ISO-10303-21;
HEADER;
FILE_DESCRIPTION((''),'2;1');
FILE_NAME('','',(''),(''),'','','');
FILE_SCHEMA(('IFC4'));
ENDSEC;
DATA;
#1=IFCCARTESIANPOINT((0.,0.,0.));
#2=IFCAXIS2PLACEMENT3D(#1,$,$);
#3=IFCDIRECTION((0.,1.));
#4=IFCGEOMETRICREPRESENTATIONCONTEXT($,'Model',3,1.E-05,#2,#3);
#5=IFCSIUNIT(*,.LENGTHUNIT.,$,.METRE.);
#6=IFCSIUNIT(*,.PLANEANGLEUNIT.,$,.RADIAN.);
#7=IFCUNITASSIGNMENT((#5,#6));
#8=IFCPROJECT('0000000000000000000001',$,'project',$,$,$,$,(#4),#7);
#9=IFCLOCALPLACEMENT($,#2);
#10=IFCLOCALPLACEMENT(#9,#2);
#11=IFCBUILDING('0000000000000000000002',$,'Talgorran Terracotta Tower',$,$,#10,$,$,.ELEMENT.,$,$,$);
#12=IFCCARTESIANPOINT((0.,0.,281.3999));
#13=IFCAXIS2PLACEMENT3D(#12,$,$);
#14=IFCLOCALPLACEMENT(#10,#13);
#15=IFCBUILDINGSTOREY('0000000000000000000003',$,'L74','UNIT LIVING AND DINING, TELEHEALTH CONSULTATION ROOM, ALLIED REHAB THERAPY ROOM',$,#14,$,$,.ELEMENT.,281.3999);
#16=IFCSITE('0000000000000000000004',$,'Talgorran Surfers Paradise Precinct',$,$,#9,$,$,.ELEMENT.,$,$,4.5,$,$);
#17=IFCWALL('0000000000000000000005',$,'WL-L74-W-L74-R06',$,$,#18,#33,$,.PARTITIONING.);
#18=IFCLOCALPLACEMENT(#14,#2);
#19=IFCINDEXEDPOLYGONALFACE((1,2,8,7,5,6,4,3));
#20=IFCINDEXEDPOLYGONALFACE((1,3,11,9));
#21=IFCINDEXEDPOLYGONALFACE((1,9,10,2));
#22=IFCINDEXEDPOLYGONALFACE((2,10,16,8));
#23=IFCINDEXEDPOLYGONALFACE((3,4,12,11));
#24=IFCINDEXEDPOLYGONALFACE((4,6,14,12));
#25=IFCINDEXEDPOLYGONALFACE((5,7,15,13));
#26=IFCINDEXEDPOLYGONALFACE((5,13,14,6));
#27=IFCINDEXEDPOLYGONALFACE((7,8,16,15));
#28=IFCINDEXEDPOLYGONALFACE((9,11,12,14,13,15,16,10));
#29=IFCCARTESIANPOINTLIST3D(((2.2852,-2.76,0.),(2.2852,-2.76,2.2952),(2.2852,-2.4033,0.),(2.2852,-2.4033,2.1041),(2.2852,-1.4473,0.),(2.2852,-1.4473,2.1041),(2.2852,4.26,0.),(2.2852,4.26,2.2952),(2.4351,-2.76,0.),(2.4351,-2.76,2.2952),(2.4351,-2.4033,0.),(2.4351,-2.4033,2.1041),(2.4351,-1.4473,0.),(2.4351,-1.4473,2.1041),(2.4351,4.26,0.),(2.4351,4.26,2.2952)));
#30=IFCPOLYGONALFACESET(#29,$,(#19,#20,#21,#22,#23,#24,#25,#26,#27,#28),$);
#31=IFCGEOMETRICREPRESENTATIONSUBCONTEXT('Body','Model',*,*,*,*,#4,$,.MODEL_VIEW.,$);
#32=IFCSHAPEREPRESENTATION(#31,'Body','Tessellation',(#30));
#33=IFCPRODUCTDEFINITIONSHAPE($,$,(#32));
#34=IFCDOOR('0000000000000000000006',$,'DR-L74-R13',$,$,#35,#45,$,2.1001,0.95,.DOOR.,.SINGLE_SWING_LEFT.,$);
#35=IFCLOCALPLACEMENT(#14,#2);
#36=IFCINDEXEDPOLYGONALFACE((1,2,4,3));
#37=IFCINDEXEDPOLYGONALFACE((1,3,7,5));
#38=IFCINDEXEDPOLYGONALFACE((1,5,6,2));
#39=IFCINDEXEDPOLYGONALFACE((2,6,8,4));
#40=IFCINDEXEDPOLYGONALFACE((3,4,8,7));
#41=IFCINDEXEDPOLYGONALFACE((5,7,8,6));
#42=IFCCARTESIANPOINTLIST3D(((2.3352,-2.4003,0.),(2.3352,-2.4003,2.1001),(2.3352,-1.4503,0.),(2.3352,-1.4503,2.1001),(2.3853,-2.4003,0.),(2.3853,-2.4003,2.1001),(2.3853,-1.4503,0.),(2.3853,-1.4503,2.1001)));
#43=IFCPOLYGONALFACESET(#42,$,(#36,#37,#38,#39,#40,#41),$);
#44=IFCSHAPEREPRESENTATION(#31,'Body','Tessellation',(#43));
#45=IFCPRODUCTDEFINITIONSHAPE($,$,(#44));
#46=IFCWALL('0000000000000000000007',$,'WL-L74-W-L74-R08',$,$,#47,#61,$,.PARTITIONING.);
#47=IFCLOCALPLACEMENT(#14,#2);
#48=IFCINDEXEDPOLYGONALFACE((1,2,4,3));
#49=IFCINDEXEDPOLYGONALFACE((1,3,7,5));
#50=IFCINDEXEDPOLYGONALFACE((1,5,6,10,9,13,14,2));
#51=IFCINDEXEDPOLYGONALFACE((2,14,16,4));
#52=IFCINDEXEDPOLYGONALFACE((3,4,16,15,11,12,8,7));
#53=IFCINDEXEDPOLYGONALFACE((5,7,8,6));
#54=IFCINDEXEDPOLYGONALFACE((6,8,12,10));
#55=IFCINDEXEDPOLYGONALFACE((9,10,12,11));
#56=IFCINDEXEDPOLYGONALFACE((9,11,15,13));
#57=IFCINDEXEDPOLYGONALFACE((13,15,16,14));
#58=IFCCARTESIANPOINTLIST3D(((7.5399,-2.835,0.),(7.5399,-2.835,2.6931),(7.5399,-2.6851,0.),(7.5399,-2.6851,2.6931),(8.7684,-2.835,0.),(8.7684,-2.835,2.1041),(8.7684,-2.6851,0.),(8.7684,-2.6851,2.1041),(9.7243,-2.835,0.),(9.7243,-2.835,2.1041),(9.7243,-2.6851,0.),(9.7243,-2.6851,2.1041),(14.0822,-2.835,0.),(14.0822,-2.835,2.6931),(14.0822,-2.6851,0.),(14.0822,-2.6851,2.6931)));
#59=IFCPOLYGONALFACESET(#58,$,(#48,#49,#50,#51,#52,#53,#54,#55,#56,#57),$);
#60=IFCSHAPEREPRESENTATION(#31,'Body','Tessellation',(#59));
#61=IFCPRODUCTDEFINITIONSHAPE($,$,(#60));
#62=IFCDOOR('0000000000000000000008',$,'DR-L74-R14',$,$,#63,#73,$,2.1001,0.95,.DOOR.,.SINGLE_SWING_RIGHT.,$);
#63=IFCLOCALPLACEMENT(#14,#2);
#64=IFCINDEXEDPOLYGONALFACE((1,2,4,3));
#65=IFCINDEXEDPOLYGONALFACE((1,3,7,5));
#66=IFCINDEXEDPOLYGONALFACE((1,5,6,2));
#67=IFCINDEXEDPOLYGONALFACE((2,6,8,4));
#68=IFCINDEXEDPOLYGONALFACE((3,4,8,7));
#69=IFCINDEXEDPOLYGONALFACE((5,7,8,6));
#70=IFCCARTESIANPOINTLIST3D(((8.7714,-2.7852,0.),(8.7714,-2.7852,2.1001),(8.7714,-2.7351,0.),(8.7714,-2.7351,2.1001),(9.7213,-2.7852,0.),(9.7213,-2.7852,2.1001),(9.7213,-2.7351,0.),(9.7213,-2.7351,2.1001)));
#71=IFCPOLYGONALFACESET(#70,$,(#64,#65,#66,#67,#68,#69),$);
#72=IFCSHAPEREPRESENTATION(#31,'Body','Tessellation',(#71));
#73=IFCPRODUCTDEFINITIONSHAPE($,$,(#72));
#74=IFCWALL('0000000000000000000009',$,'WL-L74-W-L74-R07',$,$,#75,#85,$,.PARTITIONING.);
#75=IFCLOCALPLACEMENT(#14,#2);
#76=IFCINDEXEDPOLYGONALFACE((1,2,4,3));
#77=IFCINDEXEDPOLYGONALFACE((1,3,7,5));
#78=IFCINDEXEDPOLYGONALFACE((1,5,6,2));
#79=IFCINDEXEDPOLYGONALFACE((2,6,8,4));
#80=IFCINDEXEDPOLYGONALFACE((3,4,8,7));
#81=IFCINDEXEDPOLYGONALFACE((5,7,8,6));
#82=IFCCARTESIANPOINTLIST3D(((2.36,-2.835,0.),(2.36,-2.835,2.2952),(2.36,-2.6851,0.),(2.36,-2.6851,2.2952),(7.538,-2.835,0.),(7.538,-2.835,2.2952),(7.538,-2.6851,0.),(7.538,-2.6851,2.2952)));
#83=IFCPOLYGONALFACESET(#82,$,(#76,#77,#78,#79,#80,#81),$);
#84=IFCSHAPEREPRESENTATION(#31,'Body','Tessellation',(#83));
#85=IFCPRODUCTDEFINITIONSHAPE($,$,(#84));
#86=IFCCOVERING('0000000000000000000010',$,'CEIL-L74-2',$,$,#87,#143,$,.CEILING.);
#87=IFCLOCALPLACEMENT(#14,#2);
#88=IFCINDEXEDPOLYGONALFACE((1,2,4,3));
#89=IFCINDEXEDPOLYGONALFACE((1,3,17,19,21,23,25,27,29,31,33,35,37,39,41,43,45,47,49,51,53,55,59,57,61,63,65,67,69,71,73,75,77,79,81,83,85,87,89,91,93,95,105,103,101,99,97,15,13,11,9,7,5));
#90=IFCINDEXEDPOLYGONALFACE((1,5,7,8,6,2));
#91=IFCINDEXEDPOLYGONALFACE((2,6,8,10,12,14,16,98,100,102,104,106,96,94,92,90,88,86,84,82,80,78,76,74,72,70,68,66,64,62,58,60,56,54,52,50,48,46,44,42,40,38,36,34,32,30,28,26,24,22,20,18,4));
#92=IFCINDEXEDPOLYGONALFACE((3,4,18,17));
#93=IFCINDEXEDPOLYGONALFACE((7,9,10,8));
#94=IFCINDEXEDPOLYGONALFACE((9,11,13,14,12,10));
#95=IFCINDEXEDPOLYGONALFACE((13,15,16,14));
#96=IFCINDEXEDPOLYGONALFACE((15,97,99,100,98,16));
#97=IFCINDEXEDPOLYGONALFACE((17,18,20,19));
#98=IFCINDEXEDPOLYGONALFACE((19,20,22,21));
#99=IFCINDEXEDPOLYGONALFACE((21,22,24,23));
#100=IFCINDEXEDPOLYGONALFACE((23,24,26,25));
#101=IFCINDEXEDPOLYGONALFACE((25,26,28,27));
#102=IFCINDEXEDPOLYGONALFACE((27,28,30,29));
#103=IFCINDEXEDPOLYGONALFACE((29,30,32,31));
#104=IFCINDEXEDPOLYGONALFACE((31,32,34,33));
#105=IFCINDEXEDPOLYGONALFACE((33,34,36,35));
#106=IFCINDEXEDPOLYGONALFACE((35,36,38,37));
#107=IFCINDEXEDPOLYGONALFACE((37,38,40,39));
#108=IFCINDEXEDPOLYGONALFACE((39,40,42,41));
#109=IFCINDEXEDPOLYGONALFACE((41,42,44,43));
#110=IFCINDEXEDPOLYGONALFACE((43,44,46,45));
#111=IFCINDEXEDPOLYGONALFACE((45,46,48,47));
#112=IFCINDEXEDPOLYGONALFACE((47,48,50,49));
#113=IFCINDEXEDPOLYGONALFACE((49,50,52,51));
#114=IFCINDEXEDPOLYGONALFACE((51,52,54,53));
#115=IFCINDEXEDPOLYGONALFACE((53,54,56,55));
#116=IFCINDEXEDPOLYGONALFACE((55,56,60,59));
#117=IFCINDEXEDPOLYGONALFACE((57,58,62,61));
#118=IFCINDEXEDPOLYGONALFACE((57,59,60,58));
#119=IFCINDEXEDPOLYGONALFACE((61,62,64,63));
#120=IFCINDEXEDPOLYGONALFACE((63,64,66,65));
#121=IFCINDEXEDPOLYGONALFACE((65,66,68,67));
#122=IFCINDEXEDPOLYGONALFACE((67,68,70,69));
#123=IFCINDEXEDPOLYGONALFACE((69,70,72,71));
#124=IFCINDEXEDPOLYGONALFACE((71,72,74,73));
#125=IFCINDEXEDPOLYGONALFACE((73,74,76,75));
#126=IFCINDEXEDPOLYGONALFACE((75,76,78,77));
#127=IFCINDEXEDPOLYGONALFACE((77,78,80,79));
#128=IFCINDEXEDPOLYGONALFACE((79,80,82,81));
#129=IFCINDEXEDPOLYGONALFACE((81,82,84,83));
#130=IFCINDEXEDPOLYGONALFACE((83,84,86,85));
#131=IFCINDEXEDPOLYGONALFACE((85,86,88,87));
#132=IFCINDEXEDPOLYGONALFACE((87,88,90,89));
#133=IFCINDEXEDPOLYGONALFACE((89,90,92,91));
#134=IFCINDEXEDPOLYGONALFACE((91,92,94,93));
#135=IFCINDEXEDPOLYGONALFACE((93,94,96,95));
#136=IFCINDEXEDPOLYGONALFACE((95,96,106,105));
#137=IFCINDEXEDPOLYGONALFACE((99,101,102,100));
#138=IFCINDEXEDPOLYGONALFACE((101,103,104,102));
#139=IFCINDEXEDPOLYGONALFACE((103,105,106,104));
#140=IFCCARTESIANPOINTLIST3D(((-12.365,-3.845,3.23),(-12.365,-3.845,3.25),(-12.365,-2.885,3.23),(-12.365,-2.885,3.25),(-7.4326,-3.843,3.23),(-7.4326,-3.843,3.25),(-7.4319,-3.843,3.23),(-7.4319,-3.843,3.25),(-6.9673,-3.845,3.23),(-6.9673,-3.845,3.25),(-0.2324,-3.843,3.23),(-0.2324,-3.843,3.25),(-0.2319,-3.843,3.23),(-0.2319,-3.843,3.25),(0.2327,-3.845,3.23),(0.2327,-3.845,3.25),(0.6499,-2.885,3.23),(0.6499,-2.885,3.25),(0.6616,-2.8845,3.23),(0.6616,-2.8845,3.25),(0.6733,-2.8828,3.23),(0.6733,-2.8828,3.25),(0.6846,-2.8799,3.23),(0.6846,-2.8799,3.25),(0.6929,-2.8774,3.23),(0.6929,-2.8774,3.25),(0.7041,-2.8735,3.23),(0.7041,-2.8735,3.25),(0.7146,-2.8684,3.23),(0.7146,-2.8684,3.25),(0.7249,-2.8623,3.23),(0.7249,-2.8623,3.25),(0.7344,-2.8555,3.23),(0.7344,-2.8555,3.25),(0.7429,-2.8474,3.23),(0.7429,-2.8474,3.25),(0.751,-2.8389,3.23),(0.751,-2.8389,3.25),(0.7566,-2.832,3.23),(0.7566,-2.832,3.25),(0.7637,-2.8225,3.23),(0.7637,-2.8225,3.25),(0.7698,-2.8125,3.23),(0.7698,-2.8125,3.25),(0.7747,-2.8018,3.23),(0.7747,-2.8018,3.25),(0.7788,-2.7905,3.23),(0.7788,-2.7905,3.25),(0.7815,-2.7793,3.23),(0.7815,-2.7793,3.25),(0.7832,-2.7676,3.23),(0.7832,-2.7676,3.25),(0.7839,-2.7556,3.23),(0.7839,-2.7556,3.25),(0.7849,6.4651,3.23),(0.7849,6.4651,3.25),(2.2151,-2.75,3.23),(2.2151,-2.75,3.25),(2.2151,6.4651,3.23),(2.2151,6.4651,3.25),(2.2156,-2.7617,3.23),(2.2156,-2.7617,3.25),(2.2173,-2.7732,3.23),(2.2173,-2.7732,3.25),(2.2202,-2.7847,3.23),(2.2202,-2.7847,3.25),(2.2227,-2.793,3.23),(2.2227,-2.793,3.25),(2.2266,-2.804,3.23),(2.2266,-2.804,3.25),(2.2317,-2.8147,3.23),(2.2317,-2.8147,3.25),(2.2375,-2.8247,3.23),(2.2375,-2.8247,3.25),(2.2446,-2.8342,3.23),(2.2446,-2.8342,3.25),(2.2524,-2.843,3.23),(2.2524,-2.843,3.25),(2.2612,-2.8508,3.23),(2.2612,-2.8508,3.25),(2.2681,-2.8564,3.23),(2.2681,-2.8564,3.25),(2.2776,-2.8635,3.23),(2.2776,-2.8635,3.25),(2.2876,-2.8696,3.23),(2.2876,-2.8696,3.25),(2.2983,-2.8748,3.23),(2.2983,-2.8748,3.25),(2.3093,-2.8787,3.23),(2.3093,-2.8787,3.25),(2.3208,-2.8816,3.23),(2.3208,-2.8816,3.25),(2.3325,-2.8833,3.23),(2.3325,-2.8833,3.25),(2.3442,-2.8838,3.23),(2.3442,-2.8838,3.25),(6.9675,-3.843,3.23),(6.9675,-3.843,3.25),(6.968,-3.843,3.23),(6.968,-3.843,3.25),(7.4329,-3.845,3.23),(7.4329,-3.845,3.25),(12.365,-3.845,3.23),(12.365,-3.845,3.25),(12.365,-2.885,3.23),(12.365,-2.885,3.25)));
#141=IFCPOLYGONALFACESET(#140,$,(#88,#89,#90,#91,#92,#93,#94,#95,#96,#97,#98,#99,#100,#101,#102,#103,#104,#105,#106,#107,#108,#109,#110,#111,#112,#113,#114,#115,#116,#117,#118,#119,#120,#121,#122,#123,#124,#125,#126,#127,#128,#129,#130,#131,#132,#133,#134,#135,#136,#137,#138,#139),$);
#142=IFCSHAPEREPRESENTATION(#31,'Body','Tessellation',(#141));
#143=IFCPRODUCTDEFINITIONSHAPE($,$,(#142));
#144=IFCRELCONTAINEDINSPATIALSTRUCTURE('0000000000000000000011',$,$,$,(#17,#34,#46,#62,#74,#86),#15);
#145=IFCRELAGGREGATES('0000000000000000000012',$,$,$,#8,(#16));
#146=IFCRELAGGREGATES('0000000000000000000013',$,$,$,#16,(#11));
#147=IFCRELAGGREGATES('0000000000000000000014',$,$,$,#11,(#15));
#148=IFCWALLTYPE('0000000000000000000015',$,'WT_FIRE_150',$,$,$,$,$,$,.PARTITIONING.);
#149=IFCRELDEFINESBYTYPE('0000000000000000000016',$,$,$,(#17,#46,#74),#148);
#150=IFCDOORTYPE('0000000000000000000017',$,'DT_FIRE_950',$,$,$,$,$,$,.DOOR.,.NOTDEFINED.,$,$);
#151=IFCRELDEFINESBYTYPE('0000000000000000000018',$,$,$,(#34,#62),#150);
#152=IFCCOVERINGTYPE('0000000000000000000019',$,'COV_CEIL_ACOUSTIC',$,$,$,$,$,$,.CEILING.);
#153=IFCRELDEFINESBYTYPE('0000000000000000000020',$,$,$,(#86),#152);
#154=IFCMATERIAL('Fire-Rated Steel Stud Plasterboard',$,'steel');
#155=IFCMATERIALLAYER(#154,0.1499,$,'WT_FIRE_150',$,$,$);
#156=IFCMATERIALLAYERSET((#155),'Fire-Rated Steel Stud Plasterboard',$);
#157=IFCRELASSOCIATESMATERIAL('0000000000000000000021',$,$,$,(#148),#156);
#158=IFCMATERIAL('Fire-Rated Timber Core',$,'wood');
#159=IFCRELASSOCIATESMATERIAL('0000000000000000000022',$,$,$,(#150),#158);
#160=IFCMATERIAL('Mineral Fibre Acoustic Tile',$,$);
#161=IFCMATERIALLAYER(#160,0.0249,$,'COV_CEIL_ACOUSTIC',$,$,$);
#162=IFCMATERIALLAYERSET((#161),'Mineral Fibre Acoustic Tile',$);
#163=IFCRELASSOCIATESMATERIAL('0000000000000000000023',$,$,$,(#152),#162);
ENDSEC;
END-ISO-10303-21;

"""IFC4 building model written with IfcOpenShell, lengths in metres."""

from ifc_helpers import new_model, si_unit, direction, frame, frame_2d, origin, place, context, subcontext, project, spatial, polyline, rectangle, outline, extrude, material, layer, layer_set, type_object, element, fill, save


model = new_model("IFC4")

# Units and contexts
model_context = context("Model", 3, precision=1e-05, world=origin(), true_north=direction((0.0, 1.0)))
body_context = subcontext(model_context, "Body", "Model", "MODEL_VIEW")
ifc_project = project(units=[si_unit("LENGTHUNIT", "METRE"), si_unit("PLANEANGLEUNIT", "RADIAN")], contexts=[model_context])

# Site, building, storey
site_placement = place(None, origin())
site = spatial("IfcSite", under=ifc_project, at=site_placement, Name="Talgorran Surfers Paradise Precinct", CompositionType="ELEMENT", RefElevation=4.5)
building_placement = place(site_placement, origin())
building = spatial("IfcBuilding", under=site, at=building_placement, Name="Talgorran Terracotta Tower", CompositionType="ELEMENT")
storey_placement = place(building_placement, frame((0.0, 0.0, 281.3999)))
storey = spatial("IfcBuildingStorey", under=building, at=storey_placement, Name="L74", Description="UNIT LIVING AND DINING, TELEHEALTH CONSULTATION ROOM, ALLIED REHAB THERAPY ROOM", CompositionType="ELEMENT", Elevation=281.3999)

# Shared definitions
ifc_material_1 = material(Name="Fire-Rated Steel Stud Plasterboard", Category="steel")
ifc_layer_1 = layer(ifc_material_1, 0.1499, Name="WT_FIRE_150")
ifc_layer_set_1 = layer_set([ifc_layer_1], Name="Fire-Rated Steel Stud Plasterboard")
wall_type = type_object("IfcWallType", Name="WT_FIRE_150", PredefinedType="PARTITIONING", material=ifc_layer_set_1)

# Walls, openings, doors
ifc_material_2 = material(Name="Fire-Rated Timber Core", Category="wood")
door_type_1 = type_object("IfcDoorType", Name="DT_FIRE_950", OperationType="NOTDEFINED", PredefinedType="DOOR", material=ifc_material_2)
wall_1_placement = place(storey_placement, frame((2.3601, -2.76, 0.0), z_axis=(0.0, 0.0, 1.0), x_axis=(0.0, 1.0, 0.0)))
wall_1 = element("IfcWall", 1, at=wall_1_placement, inside=storey, type_object=wall_type, Name="WL-L74-W-L74-R06", PredefinedType="PARTITIONING", context=body_context, shape_type="SweptSolid", body=[
    extrude(rectangle(XDim=7.02, YDim=0.1499, at=frame_2d((3.51, 0.0))), origin(), (0.0, 0.0, 1.0), 2.2952),
])
opening_1_placement = place(wall_1_placement, frame((0.3596, 0.0, 0.0)))
opening_1 = element("IfcOpeningElement", 2, at=opening_1_placement, cuts=wall_1, PredefinedType="OPENING", context=body_context, shape_type="SweptSolid", body=[
    extrude(rectangle(XDim=0.956, YDim=2.1041, at=frame_2d((0.4751, 1.052))), frame((0.0, 0.085, 0.0), z_axis=(0.0, -1.0, 0.0), x_axis=(1.0, 0.0, 0.0)), (0.0, 0.0, 1.0), 0.1699),
])
door_1_placement = place(opening_1_placement, origin())
door_1 = element("IfcDoor", 3, at=door_1_placement, inside=storey, type_object=door_type_1, Name="DR-L74-R13", OperationType="SINGLE_SWING_LEFT", OverallHeight=2.1001, OverallWidth=0.95, PredefinedType="DOOR", context=body_context, shape_type="SweptSolid", body=[
    extrude(rectangle(XDim=0.95, YDim=2.1001, at=frame_2d((0.4751, 1.05))), frame((0.0, 0.0249, 0.0), z_axis=(0.0, -1.0, 0.0), x_axis=(1.0, 0.0, 0.0)), (0.0, 0.0, 1.0), 0.05),
])
fill(opening_1, door_1)
wall_2_placement = place(storey_placement, frame((7.54, -2.76, 0.0), z_axis=(0.0, 0.0, 1.0), x_axis=(1.0, 0.0, 0.0)))
wall_2 = element("IfcWall", 4, at=wall_2_placement, inside=storey, type_object=wall_type, Name="WL-L74-W-L74-R08", PredefinedType="PARTITIONING", context=body_context, shape_type="SweptSolid", body=[
    extrude(rectangle(XDim=6.5422, YDim=0.1499, at=frame_2d((3.271, 0.0))), origin(), (0.0, 0.0, 1.0), 2.6931),
])
opening_2_placement = place(wall_2_placement, frame((1.2312, 0.0, 0.0)))
opening_2 = element("IfcOpeningElement", 5, at=opening_2_placement, cuts=wall_2, PredefinedType="OPENING", context=body_context, shape_type="SweptSolid", body=[
    extrude(rectangle(XDim=0.956, YDim=2.1041, at=frame_2d((0.4751, 1.052))), frame((0.0, 0.085, 0.0), z_axis=(0.0, -1.0, 0.0), x_axis=(1.0, 0.0, 0.0)), (0.0, 0.0, 1.0), 0.1699),
])
door_2_placement = place(opening_2_placement, origin())
door_2 = element("IfcDoor", 6, at=door_2_placement, inside=storey, type_object=door_type_1, Name="DR-L74-R14", OperationType="SINGLE_SWING_RIGHT", OverallHeight=2.1001, OverallWidth=0.95, PredefinedType="DOOR", context=body_context, shape_type="SweptSolid", body=[
    extrude(rectangle(XDim=0.95, YDim=2.1001, at=frame_2d((0.4751, 1.05))), frame((0.0, 0.0249, 0.0), z_axis=(0.0, -1.0, 0.0), x_axis=(1.0, 0.0, 0.0)), (0.0, 0.0, 1.0), 0.05),
])
fill(opening_2, door_2)

# Wall
wall_3_placement = place(storey_placement, frame((2.3601, -2.76, 0.0), z_axis=(0.0, 0.0, 1.0), x_axis=(1.0, 0.0, 0.0)))
element("IfcWall", 7, at=wall_3_placement, inside=storey, type_object=wall_type, Name="WL-L74-W-L74-R07", PredefinedType="PARTITIONING", context=body_context, shape_type="SweptSolid", body=[
    extrude(rectangle(XDim=5.178, YDim=0.1499, at=frame_2d((2.5889, 0.0))), origin(), (0.0, 0.0, 1.0), 2.2952),
])

# Covering
ifc_material_3 = material(Name="Mineral Fibre Acoustic Tile")
ifc_layer_2 = layer(ifc_material_3, 0.0249, Name="COV_CEIL_ACOUSTIC")
ifc_layer_set_2 = layer_set([ifc_layer_2], Name="Mineral Fibre Acoustic Tile")
covering_type_1 = type_object("IfcCoveringType", Name="COV_CEIL_ACOUSTIC", PredefinedType="CEILING", material=ifc_layer_set_2)
covering_1_placement = place(storey_placement, frame((0.0, 0.0, 3.23)))
element("IfcCovering", 8, at=covering_1_placement, inside=storey, type_object=covering_type_1, Name="CEIL-L74-2", PredefinedType="CEILING", context=body_context, shape_type="SweptSolid", body=[
    extrude(outline(polyline([(-12.365, -2.885), (0.6499, -2.885), (0.6616, -2.8845), (0.6733, -2.8828), (0.6846, -2.8799), (0.6929, -2.8774), (0.7041, -2.8735), (0.7146, -2.8684), (0.7249, -2.8623), (0.7344, -2.8555), (0.7429, -2.8474), (0.751, -2.8389), (0.7566, -2.832), (0.7637, -2.8225), (0.7698, -2.8125), (0.7747, -2.8018), (0.7788, -2.7905), (0.7815, -2.7793), (0.7832, -2.7676), (0.7839, -2.7556), (0.7849, 6.4651), (2.2151, 6.4651), (2.2151, -2.75), (2.2156, -2.7617), (2.2173, -2.7732), (2.2202, -2.7847), (2.2227, -2.793), (2.2266, -2.804), (2.2317, -2.8147), (2.2375, -2.8247), (2.2446, -2.8342), (2.2524, -2.843), (2.2612, -2.8508), (2.2681, -2.8564), (2.2776, -2.8635), (2.2876, -2.8696), (2.2983, -2.8748), (2.3093, -2.8787), (2.3208, -2.8816), (2.3325, -2.8833), (2.3442, -2.8838), (12.365, -2.885), (12.365, -3.845), (7.4329, -3.845), (6.968, -3.843), (6.9675, -3.843), (0.2327, -3.845), (-0.2319, -3.843), (-0.2324, -3.843), (-6.9673, -3.845), (-7.4319, -3.843), (-7.4326, -3.843), (-12.365, -3.845), (-12.365, -2.885)])), origin(), (0.0, 0.0, 1.0), 0.02),
])

save(model, "model.ifc")
